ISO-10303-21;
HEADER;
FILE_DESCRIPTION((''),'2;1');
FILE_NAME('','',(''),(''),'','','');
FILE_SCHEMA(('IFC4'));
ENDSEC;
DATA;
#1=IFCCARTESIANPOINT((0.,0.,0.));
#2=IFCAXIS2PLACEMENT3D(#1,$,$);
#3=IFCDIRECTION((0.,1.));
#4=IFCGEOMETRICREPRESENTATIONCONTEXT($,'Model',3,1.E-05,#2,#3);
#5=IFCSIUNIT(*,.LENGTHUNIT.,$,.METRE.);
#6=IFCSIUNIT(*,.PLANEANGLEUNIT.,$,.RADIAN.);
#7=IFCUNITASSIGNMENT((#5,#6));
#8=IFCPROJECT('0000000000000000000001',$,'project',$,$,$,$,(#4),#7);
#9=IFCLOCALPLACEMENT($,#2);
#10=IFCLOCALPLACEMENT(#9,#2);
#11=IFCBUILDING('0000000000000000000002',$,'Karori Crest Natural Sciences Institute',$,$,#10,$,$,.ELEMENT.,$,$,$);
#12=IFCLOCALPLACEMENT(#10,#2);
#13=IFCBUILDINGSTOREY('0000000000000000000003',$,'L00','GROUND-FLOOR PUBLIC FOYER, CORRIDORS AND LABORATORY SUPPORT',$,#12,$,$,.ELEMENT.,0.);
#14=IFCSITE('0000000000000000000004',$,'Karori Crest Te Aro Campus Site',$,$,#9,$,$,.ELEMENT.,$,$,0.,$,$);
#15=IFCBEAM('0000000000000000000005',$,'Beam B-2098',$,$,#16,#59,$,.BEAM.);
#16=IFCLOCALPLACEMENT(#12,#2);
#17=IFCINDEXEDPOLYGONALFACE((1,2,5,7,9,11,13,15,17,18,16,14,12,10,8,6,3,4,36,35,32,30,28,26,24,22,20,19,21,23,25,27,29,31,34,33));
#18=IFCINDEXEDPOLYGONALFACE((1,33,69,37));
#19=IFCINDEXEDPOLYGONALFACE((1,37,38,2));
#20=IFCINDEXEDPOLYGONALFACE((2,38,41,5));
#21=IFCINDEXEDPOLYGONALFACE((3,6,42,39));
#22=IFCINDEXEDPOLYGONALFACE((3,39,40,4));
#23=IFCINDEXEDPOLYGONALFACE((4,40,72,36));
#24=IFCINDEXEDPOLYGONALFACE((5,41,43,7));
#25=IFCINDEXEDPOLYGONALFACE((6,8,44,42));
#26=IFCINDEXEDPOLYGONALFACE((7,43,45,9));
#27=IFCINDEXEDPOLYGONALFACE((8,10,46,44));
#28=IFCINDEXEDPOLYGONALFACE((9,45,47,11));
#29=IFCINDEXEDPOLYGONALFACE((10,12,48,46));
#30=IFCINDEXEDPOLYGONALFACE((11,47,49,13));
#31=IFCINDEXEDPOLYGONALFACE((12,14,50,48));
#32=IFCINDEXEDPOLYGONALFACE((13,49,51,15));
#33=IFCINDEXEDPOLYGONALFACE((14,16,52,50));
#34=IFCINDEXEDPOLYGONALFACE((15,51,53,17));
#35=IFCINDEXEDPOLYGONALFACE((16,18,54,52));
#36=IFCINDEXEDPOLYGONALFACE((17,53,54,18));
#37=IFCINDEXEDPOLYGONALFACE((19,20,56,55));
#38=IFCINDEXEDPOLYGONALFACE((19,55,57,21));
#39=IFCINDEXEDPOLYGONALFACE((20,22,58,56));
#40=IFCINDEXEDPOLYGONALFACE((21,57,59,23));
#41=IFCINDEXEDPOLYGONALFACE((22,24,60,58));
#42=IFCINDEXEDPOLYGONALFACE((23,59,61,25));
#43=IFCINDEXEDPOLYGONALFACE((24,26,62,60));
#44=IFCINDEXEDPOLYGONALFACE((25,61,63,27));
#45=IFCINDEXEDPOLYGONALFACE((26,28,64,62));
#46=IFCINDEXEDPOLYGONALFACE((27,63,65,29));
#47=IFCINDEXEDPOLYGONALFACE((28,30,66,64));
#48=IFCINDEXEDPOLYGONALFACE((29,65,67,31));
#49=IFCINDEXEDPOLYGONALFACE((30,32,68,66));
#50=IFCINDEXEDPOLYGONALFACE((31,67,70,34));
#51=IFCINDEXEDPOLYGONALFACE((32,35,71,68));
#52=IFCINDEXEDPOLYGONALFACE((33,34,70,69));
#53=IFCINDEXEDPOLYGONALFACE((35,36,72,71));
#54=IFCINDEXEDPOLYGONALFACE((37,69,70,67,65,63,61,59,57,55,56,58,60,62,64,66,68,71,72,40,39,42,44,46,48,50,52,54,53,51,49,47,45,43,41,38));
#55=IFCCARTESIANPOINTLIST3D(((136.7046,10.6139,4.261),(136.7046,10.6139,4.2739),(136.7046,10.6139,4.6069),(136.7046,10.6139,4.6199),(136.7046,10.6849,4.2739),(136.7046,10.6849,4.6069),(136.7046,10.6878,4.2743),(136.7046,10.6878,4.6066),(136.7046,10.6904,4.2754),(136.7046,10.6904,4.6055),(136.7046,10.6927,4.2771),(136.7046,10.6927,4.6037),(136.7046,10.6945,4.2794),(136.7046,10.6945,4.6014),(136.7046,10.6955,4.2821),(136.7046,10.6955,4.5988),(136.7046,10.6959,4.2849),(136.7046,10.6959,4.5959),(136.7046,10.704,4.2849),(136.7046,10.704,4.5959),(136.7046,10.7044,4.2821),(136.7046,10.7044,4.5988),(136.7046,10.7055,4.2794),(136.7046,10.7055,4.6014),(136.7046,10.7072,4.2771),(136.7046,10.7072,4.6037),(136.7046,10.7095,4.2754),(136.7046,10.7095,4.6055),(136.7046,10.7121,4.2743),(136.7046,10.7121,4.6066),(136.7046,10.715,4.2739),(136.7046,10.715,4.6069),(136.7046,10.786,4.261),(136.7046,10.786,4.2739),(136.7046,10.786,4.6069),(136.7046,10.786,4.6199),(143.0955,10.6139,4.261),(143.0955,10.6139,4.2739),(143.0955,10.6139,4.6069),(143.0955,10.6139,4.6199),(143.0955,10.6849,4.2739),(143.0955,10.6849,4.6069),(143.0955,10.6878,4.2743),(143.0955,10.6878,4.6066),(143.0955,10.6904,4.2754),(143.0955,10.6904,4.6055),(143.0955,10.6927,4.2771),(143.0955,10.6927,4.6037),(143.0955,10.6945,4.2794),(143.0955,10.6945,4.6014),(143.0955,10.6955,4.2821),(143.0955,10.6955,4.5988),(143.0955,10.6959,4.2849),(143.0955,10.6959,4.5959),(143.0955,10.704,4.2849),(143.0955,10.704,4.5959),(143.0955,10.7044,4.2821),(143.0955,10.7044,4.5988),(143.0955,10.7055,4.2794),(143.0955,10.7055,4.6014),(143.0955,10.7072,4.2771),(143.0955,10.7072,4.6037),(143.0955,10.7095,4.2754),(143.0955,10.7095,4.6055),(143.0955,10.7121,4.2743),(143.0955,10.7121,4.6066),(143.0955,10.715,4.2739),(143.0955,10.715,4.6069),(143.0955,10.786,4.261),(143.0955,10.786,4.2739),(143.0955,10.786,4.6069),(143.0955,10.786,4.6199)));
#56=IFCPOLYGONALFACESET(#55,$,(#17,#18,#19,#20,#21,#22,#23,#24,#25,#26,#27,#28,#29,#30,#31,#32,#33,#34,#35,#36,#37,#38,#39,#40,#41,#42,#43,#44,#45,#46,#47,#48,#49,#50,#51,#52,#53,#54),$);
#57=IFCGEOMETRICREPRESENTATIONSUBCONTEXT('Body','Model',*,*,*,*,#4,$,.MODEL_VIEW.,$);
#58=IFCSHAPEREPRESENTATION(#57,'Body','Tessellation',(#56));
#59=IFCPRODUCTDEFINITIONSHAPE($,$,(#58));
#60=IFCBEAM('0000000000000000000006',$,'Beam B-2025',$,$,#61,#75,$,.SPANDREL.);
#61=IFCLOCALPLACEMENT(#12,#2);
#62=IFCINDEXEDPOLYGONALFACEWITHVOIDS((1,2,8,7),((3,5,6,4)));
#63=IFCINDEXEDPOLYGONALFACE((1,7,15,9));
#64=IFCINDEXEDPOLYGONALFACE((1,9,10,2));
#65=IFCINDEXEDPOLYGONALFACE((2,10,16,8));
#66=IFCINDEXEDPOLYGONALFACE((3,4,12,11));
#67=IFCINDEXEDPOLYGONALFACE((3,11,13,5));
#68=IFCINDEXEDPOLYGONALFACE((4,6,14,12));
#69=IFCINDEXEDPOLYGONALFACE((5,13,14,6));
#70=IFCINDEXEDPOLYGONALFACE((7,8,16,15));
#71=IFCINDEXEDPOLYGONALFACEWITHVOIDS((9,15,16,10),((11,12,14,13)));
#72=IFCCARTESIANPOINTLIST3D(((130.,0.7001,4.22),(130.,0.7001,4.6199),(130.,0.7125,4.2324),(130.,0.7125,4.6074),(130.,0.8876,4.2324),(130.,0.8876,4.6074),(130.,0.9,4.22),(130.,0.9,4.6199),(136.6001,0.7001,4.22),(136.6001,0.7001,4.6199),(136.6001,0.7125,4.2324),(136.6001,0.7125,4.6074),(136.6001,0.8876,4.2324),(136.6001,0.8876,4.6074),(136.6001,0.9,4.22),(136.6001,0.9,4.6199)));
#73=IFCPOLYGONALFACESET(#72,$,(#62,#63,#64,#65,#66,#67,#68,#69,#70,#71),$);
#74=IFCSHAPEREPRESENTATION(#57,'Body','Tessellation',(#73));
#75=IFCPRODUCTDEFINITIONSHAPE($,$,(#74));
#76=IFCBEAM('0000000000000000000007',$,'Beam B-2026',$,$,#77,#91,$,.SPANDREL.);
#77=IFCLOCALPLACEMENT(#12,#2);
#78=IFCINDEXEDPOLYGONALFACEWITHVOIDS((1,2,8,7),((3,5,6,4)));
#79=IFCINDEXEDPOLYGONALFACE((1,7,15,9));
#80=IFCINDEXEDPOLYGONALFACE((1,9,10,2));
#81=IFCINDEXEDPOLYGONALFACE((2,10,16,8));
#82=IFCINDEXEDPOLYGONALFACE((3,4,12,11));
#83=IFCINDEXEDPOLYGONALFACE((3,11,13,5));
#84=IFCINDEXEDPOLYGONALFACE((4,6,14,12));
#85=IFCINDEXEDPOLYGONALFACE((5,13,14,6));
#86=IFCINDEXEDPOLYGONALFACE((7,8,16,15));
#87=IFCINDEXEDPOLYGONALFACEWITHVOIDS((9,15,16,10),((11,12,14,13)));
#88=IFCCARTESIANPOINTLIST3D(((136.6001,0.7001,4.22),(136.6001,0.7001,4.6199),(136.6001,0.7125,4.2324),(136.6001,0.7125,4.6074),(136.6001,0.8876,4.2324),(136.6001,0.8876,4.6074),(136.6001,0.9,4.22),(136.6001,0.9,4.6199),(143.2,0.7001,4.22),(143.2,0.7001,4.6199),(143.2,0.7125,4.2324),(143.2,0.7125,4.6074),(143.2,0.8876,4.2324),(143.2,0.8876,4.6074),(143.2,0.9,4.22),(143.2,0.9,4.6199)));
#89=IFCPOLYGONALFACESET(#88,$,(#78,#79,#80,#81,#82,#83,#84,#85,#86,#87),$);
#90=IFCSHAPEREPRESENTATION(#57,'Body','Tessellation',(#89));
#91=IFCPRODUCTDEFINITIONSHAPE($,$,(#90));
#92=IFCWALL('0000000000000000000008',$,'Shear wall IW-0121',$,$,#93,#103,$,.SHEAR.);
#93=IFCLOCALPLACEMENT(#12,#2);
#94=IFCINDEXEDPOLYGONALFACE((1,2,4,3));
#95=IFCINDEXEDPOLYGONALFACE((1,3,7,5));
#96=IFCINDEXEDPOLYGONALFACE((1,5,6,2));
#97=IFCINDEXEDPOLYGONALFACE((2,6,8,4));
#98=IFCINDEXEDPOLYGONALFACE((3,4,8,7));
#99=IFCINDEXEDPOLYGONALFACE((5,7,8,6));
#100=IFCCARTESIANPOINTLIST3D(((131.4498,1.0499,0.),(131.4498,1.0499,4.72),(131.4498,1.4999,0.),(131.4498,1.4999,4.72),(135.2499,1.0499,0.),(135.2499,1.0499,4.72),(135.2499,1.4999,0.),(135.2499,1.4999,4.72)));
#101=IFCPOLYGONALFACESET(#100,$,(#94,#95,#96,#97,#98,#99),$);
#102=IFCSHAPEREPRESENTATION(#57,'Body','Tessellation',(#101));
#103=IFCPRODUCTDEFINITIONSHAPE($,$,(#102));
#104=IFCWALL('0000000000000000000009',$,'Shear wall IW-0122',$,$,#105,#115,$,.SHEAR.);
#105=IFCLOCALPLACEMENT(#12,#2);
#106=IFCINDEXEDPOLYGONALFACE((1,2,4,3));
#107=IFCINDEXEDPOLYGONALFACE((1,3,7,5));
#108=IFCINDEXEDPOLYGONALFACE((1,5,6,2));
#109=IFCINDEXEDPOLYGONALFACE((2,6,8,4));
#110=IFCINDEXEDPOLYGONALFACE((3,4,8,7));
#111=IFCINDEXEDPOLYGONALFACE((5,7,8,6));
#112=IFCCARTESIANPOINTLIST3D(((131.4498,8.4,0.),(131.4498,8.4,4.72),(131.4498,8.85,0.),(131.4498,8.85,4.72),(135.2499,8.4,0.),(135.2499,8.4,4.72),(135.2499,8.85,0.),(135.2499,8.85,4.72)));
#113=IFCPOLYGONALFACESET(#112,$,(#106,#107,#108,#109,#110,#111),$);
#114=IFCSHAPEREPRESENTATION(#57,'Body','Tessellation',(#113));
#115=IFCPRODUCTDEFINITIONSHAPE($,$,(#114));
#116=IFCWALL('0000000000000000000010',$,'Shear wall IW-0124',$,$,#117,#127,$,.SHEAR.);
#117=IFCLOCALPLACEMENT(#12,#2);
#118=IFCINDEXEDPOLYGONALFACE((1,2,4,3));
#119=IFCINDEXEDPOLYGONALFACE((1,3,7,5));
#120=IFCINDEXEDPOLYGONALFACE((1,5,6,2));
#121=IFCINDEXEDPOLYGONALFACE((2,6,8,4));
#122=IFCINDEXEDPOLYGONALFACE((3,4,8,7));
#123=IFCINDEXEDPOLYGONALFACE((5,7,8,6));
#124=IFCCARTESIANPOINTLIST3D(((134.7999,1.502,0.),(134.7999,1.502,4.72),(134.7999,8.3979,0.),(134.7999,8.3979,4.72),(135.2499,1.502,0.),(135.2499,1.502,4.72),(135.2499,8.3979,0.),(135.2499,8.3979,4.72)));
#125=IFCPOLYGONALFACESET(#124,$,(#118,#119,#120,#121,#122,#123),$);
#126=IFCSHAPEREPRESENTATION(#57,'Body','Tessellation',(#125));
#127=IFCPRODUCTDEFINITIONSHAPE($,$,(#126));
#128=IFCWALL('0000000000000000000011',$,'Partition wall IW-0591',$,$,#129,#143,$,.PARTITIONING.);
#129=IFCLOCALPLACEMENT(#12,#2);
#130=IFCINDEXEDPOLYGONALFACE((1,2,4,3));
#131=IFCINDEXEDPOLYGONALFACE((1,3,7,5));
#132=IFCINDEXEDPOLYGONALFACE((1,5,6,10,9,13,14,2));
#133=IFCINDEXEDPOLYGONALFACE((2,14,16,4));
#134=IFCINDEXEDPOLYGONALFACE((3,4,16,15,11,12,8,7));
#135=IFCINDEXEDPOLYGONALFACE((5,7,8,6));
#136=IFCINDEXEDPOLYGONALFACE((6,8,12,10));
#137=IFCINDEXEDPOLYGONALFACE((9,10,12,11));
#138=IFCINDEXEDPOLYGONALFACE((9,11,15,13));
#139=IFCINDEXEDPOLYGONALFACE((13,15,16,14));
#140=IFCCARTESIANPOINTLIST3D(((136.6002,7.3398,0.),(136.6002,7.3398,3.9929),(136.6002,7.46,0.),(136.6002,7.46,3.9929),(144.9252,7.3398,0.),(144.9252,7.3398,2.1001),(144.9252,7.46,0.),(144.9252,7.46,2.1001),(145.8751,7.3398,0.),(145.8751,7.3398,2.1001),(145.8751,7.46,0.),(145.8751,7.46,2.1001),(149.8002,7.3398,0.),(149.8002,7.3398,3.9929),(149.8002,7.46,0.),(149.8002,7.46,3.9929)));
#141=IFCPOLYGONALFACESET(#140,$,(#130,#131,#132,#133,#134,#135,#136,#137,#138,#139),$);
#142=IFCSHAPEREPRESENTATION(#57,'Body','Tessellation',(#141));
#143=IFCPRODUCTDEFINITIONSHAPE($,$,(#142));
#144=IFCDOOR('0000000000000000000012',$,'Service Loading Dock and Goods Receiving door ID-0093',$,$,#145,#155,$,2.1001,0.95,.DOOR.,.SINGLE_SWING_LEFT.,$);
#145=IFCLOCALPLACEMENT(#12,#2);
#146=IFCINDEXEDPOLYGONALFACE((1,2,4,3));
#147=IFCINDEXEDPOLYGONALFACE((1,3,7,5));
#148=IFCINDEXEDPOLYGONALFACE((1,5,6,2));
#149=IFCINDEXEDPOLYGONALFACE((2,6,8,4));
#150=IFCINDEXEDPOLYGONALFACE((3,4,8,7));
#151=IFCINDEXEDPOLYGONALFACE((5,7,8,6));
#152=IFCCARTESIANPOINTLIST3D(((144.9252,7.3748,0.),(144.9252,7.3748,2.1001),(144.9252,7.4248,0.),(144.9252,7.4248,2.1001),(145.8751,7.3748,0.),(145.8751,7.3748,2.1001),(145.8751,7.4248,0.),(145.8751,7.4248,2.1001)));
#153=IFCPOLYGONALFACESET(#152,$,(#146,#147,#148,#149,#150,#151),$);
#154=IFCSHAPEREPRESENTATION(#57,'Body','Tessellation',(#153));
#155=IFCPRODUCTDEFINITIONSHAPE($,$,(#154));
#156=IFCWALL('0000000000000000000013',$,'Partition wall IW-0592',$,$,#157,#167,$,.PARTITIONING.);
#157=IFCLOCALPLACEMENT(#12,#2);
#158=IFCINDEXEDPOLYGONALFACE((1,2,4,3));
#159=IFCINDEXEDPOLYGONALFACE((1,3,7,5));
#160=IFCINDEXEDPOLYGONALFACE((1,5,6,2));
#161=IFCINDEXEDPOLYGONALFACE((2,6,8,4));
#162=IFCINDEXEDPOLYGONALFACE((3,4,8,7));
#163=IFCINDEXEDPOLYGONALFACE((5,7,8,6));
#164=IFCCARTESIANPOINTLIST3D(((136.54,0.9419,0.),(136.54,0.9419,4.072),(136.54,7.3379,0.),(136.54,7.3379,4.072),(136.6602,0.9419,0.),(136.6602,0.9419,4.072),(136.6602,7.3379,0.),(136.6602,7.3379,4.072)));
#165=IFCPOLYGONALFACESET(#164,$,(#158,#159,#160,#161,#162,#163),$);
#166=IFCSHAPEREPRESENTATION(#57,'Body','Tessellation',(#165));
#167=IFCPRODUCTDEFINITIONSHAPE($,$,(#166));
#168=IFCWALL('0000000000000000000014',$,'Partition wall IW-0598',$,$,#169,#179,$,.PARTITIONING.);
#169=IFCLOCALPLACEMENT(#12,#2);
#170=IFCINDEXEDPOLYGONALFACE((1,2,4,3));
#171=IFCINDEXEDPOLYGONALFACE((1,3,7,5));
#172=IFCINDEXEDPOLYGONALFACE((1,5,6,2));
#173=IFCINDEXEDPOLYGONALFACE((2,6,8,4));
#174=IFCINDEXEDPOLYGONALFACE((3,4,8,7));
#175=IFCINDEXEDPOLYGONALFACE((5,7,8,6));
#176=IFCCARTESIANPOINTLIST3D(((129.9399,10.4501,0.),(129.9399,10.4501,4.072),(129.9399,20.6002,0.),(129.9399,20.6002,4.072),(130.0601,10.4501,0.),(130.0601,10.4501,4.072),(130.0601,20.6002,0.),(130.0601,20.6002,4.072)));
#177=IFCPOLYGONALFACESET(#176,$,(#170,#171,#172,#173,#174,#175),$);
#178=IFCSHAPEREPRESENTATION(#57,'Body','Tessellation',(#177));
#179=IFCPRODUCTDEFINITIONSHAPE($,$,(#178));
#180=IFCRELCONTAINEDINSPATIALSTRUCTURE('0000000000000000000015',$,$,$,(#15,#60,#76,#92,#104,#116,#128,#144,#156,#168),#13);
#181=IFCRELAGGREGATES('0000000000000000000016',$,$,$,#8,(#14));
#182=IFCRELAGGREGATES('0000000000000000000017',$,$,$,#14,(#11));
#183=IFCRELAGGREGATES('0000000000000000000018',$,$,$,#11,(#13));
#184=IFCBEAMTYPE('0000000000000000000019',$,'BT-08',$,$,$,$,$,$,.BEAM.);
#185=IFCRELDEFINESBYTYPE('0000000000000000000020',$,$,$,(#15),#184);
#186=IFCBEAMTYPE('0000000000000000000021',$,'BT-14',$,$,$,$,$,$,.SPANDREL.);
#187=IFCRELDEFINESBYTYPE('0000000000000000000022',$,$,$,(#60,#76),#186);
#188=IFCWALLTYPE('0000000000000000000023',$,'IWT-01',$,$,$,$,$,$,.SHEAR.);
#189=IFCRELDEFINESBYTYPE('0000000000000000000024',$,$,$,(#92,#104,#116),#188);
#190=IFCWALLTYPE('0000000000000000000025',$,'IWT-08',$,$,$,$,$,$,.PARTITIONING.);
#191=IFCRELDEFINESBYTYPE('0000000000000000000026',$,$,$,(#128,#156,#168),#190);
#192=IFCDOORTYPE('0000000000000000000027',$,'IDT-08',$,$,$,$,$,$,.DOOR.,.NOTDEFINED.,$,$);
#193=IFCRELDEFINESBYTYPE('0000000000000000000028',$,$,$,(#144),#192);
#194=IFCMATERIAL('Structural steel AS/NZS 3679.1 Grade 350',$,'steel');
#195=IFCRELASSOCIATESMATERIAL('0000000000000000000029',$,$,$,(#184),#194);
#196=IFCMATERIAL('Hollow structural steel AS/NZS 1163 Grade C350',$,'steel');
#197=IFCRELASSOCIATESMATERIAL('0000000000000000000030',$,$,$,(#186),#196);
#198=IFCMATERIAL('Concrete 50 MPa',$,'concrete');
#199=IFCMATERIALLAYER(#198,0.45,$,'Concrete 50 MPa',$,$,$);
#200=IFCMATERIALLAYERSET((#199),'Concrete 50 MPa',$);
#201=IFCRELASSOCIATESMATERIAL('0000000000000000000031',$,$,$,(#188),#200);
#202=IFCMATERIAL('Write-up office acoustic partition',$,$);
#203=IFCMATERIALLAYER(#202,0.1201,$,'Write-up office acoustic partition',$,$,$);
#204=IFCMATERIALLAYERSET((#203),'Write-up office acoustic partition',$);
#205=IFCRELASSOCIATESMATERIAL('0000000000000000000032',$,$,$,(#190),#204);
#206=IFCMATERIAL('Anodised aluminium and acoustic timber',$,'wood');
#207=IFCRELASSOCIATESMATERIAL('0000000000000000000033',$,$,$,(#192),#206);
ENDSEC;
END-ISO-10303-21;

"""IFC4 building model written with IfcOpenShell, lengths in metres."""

from ifc_helpers import new_model, si_unit, direction, frame, frame_2d, origin, origin_2d, place, context, subcontext, project, spatial, rectangle, hollow_rectangle, i_section, extrude, material, layer, layer_set, material_profile, profile_set, type_object, element, fill, save


model = new_model("IFC4")

# Units and contexts
model_context = context("Model", 3, precision=1e-05, world=origin(), true_north=direction((0.0, 1.0)))
body_context = subcontext(model_context, "Body", "Model", "MODEL_VIEW")
ifc_project = project(units=[si_unit("LENGTHUNIT", "METRE"), si_unit("PLANEANGLEUNIT", "RADIAN")], contexts=[model_context])

# Site, building, storey
site_placement = place(None, origin())
site = spatial("IfcSite", under=ifc_project, at=site_placement, Name="Karori Crest Te Aro Campus Site", CompositionType="ELEMENT", RefElevation=0.0)
building_placement = place(site_placement, origin())
building = spatial("IfcBuilding", under=site, at=building_placement, Name="Karori Crest Natural Sciences Institute", CompositionType="ELEMENT")
storey_placement = place(building_placement, origin())
storey = spatial("IfcBuildingStorey", under=building, at=storey_placement, Name="L00", Description="GROUND-FLOOR PUBLIC FOYER, CORRIDORS AND LABORATORY SUPPORT", CompositionType="ELEMENT", Elevation=0.0)

# Shared definitions
ifc_material_1 = material(Name="Structural steel AS/NZS 3679.1 Grade 350", Category="steel")

# Beams
ifc_material_profile_1 = material_profile(ifc_material_1, i_section(OverallWidth=0.1721, OverallDepth=0.3589, WebThickness=0.0081, FlangeThickness=0.0129, FilletRadius=0.011, at=origin_2d()), Name="360UB56.7")
ifc_profile_set_1 = profile_set([ifc_material_profile_1], Name="Structural steel AS/NZS 3679.1 Grade 350")
beam_type_1 = type_object("IfcBeamType", Name="BT-08", PredefinedType="BEAM", material=ifc_profile_set_1)
for number, where, z_axis, x_axis, name in (
    (1, (136.7046, 10.7, 4.4404), (1.0, 0.0, 0.0), (0.0, 1.0, 0.0), "Beam B-2098"),
):
    element("IfcBeam", number, at=place(storey_placement, frame(where, z_axis=z_axis, x_axis=x_axis)), inside=storey, type_object=beam_type_1, Name=name, PredefinedType="BEAM", context=body_context, shape_type="SweptSolid", body=[
        extrude(i_section(OverallWidth=0.1721, OverallDepth=0.3589, WebThickness=0.0081, FlangeThickness=0.0129, FilletRadius=0.011, at=origin_2d()), origin(), (0.0, 0.0, 1.0), 6.3909),
    ])
ifc_material_2 = material(Name="Hollow structural steel AS/NZS 1163 Grade C350", Category="steel")
ifc_material_profile_2 = material_profile(ifc_material_2, hollow_rectangle(XDim=0.2, YDim=0.3999, WallThickness=0.0125, at=origin_2d()), Name="RHS400x200x12.5")
ifc_profile_set_2 = profile_set([ifc_material_profile_2], Name="Hollow structural steel AS/NZS 1163 Grade C350")
beam_type_2 = type_object("IfcBeamType", Name="BT-14", PredefinedType="SPANDREL", material=ifc_profile_set_2)
beam_1_placement = place(storey_placement, frame((130.0, 0.8, 4.4199), z_axis=(1.0, 0.0, 0.0), x_axis=(0.0, 1.0, 0.0)))
element("IfcBeam", 2, at=beam_1_placement, inside=storey, type_object=beam_type_2, Name="Beam B-2025", PredefinedType="SPANDREL", context=body_context, shape_type="SweptSolid", body=[
    extrude(hollow_rectangle(XDim=0.2, YDim=0.3999, WallThickness=0.0125, at=origin_2d()), origin(), (0.0, 0.0, 1.0), 6.6001),
])
beam_2_placement = place(storey_placement, frame((136.6001, 0.8, 4.4199), z_axis=(1.0, 0.0, 0.0), x_axis=(0.0, 1.0, 0.0)))
element("IfcBeam", 3, at=beam_2_placement, inside=storey, type_object=beam_type_2, Name="Beam B-2026", PredefinedType="SPANDREL", context=body_context, shape_type="SweptSolid", body=[
    extrude(hollow_rectangle(XDim=0.2, YDim=0.3999, WallThickness=0.0125, at=origin_2d()), origin(), (0.0, 0.0, 1.0), 6.5999),
])

# Walls
ifc_material_3 = material(Name="Concrete 50 MPa", Category="concrete")
ifc_layer_1 = layer(ifc_material_3, 0.45, Name="Concrete 50 MPa")
ifc_layer_set_1 = layer_set([ifc_layer_1], Name="Concrete 50 MPa")
wall_type_1 = type_object("IfcWallType", Name="IWT-01", PredefinedType="SHEAR", material=ifc_layer_set_1)
for number, where, z_axis, x_axis, name in (
    (4, (131.45, 1.2749, 0.0), (0.0, 0.0, 1.0), (1.0, 0.0, 0.0), "Shear wall IW-0121"),
    (5, (131.45, 8.625, 0.0), (0.0, 0.0, 1.0), (1.0, 0.0, 0.0), "Shear wall IW-0122"),
):
    element("IfcWall", number, at=place(storey_placement, frame(where, z_axis=z_axis, x_axis=x_axis)), inside=storey, type_object=wall_type_1, Name=name, PredefinedType="SHEAR", context=body_context, shape_type="SweptSolid", body=[
        extrude(rectangle(XDim=3.8, YDim=0.45, at=frame_2d((1.8999, 0.0))), origin(), (0.0, 0.0, 1.0), 4.72),
    ])

# Wall
wall_1_placement = place(storey_placement, frame((135.0249, 1.502, 0.0), z_axis=(0.0, 0.0, 1.0), x_axis=(0.0, 1.0, 0.0)))
element("IfcWall", 6, at=wall_1_placement, inside=storey, type_object=wall_type_1, Name="Shear wall IW-0124", PredefinedType="SHEAR", context=body_context, shape_type="SweptSolid", body=[
    extrude(rectangle(XDim=6.896, YDim=0.45, at=frame_2d((3.448, 0.0))), origin(), (0.0, 0.0, 1.0), 4.72),
])

# Wall, opening, door
ifc_material_4 = material(Name="Write-up office acoustic partition")
ifc_layer_2 = layer(ifc_material_4, 0.1201, Name="Write-up office acoustic partition")
ifc_layer_set_2 = layer_set([ifc_layer_2], Name="Write-up office acoustic partition")
wall_type_2 = type_object("IfcWallType", Name="IWT-08", PredefinedType="PARTITIONING", material=ifc_layer_set_2)
wall_2_placement = place(storey_placement, frame((136.6001, 7.3999, 0.0), z_axis=(0.0, 0.0, 1.0), x_axis=(1.0, 0.0, 0.0)))
wall_2 = element("IfcWall", 7, at=wall_2_placement, inside=storey, type_object=wall_type_2, Name="Partition wall IW-0591", PredefinedType="PARTITIONING", context=body_context, shape_type="SweptSolid", body=[
    extrude(rectangle(XDim=13.2, YDim=0.1201, at=frame_2d((6.6001, 0.0))), origin(), (0.0, 0.0, 1.0), 3.9929),
])
opening_1_placement = place(wall_2_placement, frame((8.325, 0.0, 0.0)))
opening_1 = element("IfcOpeningElement", 8, at=opening_1_placement, cuts=wall_2, PredefinedType="OPENING", context=body_context, shape_type="SweptSolid", body=[
    extrude(rectangle(XDim=0.95, YDim=2.1001, at=frame_2d((0.4751, 1.05))), frame((0.0, 0.0701, 0.0), z_axis=(0.0, -1.0, 0.0), x_axis=(1.0, 0.0, 0.0)), (0.0, 0.0, 1.0), 0.1401),
])
ifc_material_5 = material(Name="Anodised aluminium and acoustic timber", Category="wood")
door_type_1 = type_object("IfcDoorType", Name="IDT-08", OperationType="NOTDEFINED", PredefinedType="DOOR", material=ifc_material_5)
door_1_placement = place(opening_1_placement, origin())
door_1 = element("IfcDoor", 9, at=door_1_placement, inside=storey, type_object=door_type_1, Name="Service Loading Dock and Goods Receiving door ID-0093", OperationType="SINGLE_SWING_LEFT", OverallHeight=2.1001, OverallWidth=0.95, PredefinedType="DOOR", context=body_context, shape_type="SweptSolid", body=[
    extrude(rectangle(XDim=0.95, YDim=2.1001, at=frame_2d((0.4751, 1.05))), frame((0.0, 0.0249, 0.0), z_axis=(0.0, -1.0, 0.0), x_axis=(1.0, 0.0, 0.0)), (0.0, 0.0, 1.0), 0.05),
])
fill(opening_1, door_1)

# Walls
wall_3_placement = place(storey_placement, frame((136.6001, 0.9419, 0.0), z_axis=(0.0, 0.0, 1.0), x_axis=(0.0, 1.0, 0.0)))
element("IfcWall", 10, at=wall_3_placement, inside=storey, type_object=wall_type_2, Name="Partition wall IW-0592", PredefinedType="PARTITIONING", context=body_context, shape_type="SweptSolid", body=[
    extrude(rectangle(XDim=6.396, YDim=0.1201, at=frame_2d((3.198, 0.0))), origin(), (0.0, 0.0, 1.0), 4.072),
])
wall_4_placement = place(storey_placement, frame((130.0, 10.45, 0.0), z_axis=(0.0, 0.0, 1.0), x_axis=(0.0, 1.0, 0.0)))
element("IfcWall", 11, at=wall_4_placement, inside=storey, type_object=wall_type_2, Name="Partition wall IW-0598", PredefinedType="PARTITIONING", context=body_context, shape_type="SweptSolid", body=[
    extrude(rectangle(XDim=10.1501, YDim=0.1201, at=frame_2d((5.0752, 0.0))), origin(), (0.0, 0.0, 1.0), 4.072),
])

save(model, "model.ifc")
